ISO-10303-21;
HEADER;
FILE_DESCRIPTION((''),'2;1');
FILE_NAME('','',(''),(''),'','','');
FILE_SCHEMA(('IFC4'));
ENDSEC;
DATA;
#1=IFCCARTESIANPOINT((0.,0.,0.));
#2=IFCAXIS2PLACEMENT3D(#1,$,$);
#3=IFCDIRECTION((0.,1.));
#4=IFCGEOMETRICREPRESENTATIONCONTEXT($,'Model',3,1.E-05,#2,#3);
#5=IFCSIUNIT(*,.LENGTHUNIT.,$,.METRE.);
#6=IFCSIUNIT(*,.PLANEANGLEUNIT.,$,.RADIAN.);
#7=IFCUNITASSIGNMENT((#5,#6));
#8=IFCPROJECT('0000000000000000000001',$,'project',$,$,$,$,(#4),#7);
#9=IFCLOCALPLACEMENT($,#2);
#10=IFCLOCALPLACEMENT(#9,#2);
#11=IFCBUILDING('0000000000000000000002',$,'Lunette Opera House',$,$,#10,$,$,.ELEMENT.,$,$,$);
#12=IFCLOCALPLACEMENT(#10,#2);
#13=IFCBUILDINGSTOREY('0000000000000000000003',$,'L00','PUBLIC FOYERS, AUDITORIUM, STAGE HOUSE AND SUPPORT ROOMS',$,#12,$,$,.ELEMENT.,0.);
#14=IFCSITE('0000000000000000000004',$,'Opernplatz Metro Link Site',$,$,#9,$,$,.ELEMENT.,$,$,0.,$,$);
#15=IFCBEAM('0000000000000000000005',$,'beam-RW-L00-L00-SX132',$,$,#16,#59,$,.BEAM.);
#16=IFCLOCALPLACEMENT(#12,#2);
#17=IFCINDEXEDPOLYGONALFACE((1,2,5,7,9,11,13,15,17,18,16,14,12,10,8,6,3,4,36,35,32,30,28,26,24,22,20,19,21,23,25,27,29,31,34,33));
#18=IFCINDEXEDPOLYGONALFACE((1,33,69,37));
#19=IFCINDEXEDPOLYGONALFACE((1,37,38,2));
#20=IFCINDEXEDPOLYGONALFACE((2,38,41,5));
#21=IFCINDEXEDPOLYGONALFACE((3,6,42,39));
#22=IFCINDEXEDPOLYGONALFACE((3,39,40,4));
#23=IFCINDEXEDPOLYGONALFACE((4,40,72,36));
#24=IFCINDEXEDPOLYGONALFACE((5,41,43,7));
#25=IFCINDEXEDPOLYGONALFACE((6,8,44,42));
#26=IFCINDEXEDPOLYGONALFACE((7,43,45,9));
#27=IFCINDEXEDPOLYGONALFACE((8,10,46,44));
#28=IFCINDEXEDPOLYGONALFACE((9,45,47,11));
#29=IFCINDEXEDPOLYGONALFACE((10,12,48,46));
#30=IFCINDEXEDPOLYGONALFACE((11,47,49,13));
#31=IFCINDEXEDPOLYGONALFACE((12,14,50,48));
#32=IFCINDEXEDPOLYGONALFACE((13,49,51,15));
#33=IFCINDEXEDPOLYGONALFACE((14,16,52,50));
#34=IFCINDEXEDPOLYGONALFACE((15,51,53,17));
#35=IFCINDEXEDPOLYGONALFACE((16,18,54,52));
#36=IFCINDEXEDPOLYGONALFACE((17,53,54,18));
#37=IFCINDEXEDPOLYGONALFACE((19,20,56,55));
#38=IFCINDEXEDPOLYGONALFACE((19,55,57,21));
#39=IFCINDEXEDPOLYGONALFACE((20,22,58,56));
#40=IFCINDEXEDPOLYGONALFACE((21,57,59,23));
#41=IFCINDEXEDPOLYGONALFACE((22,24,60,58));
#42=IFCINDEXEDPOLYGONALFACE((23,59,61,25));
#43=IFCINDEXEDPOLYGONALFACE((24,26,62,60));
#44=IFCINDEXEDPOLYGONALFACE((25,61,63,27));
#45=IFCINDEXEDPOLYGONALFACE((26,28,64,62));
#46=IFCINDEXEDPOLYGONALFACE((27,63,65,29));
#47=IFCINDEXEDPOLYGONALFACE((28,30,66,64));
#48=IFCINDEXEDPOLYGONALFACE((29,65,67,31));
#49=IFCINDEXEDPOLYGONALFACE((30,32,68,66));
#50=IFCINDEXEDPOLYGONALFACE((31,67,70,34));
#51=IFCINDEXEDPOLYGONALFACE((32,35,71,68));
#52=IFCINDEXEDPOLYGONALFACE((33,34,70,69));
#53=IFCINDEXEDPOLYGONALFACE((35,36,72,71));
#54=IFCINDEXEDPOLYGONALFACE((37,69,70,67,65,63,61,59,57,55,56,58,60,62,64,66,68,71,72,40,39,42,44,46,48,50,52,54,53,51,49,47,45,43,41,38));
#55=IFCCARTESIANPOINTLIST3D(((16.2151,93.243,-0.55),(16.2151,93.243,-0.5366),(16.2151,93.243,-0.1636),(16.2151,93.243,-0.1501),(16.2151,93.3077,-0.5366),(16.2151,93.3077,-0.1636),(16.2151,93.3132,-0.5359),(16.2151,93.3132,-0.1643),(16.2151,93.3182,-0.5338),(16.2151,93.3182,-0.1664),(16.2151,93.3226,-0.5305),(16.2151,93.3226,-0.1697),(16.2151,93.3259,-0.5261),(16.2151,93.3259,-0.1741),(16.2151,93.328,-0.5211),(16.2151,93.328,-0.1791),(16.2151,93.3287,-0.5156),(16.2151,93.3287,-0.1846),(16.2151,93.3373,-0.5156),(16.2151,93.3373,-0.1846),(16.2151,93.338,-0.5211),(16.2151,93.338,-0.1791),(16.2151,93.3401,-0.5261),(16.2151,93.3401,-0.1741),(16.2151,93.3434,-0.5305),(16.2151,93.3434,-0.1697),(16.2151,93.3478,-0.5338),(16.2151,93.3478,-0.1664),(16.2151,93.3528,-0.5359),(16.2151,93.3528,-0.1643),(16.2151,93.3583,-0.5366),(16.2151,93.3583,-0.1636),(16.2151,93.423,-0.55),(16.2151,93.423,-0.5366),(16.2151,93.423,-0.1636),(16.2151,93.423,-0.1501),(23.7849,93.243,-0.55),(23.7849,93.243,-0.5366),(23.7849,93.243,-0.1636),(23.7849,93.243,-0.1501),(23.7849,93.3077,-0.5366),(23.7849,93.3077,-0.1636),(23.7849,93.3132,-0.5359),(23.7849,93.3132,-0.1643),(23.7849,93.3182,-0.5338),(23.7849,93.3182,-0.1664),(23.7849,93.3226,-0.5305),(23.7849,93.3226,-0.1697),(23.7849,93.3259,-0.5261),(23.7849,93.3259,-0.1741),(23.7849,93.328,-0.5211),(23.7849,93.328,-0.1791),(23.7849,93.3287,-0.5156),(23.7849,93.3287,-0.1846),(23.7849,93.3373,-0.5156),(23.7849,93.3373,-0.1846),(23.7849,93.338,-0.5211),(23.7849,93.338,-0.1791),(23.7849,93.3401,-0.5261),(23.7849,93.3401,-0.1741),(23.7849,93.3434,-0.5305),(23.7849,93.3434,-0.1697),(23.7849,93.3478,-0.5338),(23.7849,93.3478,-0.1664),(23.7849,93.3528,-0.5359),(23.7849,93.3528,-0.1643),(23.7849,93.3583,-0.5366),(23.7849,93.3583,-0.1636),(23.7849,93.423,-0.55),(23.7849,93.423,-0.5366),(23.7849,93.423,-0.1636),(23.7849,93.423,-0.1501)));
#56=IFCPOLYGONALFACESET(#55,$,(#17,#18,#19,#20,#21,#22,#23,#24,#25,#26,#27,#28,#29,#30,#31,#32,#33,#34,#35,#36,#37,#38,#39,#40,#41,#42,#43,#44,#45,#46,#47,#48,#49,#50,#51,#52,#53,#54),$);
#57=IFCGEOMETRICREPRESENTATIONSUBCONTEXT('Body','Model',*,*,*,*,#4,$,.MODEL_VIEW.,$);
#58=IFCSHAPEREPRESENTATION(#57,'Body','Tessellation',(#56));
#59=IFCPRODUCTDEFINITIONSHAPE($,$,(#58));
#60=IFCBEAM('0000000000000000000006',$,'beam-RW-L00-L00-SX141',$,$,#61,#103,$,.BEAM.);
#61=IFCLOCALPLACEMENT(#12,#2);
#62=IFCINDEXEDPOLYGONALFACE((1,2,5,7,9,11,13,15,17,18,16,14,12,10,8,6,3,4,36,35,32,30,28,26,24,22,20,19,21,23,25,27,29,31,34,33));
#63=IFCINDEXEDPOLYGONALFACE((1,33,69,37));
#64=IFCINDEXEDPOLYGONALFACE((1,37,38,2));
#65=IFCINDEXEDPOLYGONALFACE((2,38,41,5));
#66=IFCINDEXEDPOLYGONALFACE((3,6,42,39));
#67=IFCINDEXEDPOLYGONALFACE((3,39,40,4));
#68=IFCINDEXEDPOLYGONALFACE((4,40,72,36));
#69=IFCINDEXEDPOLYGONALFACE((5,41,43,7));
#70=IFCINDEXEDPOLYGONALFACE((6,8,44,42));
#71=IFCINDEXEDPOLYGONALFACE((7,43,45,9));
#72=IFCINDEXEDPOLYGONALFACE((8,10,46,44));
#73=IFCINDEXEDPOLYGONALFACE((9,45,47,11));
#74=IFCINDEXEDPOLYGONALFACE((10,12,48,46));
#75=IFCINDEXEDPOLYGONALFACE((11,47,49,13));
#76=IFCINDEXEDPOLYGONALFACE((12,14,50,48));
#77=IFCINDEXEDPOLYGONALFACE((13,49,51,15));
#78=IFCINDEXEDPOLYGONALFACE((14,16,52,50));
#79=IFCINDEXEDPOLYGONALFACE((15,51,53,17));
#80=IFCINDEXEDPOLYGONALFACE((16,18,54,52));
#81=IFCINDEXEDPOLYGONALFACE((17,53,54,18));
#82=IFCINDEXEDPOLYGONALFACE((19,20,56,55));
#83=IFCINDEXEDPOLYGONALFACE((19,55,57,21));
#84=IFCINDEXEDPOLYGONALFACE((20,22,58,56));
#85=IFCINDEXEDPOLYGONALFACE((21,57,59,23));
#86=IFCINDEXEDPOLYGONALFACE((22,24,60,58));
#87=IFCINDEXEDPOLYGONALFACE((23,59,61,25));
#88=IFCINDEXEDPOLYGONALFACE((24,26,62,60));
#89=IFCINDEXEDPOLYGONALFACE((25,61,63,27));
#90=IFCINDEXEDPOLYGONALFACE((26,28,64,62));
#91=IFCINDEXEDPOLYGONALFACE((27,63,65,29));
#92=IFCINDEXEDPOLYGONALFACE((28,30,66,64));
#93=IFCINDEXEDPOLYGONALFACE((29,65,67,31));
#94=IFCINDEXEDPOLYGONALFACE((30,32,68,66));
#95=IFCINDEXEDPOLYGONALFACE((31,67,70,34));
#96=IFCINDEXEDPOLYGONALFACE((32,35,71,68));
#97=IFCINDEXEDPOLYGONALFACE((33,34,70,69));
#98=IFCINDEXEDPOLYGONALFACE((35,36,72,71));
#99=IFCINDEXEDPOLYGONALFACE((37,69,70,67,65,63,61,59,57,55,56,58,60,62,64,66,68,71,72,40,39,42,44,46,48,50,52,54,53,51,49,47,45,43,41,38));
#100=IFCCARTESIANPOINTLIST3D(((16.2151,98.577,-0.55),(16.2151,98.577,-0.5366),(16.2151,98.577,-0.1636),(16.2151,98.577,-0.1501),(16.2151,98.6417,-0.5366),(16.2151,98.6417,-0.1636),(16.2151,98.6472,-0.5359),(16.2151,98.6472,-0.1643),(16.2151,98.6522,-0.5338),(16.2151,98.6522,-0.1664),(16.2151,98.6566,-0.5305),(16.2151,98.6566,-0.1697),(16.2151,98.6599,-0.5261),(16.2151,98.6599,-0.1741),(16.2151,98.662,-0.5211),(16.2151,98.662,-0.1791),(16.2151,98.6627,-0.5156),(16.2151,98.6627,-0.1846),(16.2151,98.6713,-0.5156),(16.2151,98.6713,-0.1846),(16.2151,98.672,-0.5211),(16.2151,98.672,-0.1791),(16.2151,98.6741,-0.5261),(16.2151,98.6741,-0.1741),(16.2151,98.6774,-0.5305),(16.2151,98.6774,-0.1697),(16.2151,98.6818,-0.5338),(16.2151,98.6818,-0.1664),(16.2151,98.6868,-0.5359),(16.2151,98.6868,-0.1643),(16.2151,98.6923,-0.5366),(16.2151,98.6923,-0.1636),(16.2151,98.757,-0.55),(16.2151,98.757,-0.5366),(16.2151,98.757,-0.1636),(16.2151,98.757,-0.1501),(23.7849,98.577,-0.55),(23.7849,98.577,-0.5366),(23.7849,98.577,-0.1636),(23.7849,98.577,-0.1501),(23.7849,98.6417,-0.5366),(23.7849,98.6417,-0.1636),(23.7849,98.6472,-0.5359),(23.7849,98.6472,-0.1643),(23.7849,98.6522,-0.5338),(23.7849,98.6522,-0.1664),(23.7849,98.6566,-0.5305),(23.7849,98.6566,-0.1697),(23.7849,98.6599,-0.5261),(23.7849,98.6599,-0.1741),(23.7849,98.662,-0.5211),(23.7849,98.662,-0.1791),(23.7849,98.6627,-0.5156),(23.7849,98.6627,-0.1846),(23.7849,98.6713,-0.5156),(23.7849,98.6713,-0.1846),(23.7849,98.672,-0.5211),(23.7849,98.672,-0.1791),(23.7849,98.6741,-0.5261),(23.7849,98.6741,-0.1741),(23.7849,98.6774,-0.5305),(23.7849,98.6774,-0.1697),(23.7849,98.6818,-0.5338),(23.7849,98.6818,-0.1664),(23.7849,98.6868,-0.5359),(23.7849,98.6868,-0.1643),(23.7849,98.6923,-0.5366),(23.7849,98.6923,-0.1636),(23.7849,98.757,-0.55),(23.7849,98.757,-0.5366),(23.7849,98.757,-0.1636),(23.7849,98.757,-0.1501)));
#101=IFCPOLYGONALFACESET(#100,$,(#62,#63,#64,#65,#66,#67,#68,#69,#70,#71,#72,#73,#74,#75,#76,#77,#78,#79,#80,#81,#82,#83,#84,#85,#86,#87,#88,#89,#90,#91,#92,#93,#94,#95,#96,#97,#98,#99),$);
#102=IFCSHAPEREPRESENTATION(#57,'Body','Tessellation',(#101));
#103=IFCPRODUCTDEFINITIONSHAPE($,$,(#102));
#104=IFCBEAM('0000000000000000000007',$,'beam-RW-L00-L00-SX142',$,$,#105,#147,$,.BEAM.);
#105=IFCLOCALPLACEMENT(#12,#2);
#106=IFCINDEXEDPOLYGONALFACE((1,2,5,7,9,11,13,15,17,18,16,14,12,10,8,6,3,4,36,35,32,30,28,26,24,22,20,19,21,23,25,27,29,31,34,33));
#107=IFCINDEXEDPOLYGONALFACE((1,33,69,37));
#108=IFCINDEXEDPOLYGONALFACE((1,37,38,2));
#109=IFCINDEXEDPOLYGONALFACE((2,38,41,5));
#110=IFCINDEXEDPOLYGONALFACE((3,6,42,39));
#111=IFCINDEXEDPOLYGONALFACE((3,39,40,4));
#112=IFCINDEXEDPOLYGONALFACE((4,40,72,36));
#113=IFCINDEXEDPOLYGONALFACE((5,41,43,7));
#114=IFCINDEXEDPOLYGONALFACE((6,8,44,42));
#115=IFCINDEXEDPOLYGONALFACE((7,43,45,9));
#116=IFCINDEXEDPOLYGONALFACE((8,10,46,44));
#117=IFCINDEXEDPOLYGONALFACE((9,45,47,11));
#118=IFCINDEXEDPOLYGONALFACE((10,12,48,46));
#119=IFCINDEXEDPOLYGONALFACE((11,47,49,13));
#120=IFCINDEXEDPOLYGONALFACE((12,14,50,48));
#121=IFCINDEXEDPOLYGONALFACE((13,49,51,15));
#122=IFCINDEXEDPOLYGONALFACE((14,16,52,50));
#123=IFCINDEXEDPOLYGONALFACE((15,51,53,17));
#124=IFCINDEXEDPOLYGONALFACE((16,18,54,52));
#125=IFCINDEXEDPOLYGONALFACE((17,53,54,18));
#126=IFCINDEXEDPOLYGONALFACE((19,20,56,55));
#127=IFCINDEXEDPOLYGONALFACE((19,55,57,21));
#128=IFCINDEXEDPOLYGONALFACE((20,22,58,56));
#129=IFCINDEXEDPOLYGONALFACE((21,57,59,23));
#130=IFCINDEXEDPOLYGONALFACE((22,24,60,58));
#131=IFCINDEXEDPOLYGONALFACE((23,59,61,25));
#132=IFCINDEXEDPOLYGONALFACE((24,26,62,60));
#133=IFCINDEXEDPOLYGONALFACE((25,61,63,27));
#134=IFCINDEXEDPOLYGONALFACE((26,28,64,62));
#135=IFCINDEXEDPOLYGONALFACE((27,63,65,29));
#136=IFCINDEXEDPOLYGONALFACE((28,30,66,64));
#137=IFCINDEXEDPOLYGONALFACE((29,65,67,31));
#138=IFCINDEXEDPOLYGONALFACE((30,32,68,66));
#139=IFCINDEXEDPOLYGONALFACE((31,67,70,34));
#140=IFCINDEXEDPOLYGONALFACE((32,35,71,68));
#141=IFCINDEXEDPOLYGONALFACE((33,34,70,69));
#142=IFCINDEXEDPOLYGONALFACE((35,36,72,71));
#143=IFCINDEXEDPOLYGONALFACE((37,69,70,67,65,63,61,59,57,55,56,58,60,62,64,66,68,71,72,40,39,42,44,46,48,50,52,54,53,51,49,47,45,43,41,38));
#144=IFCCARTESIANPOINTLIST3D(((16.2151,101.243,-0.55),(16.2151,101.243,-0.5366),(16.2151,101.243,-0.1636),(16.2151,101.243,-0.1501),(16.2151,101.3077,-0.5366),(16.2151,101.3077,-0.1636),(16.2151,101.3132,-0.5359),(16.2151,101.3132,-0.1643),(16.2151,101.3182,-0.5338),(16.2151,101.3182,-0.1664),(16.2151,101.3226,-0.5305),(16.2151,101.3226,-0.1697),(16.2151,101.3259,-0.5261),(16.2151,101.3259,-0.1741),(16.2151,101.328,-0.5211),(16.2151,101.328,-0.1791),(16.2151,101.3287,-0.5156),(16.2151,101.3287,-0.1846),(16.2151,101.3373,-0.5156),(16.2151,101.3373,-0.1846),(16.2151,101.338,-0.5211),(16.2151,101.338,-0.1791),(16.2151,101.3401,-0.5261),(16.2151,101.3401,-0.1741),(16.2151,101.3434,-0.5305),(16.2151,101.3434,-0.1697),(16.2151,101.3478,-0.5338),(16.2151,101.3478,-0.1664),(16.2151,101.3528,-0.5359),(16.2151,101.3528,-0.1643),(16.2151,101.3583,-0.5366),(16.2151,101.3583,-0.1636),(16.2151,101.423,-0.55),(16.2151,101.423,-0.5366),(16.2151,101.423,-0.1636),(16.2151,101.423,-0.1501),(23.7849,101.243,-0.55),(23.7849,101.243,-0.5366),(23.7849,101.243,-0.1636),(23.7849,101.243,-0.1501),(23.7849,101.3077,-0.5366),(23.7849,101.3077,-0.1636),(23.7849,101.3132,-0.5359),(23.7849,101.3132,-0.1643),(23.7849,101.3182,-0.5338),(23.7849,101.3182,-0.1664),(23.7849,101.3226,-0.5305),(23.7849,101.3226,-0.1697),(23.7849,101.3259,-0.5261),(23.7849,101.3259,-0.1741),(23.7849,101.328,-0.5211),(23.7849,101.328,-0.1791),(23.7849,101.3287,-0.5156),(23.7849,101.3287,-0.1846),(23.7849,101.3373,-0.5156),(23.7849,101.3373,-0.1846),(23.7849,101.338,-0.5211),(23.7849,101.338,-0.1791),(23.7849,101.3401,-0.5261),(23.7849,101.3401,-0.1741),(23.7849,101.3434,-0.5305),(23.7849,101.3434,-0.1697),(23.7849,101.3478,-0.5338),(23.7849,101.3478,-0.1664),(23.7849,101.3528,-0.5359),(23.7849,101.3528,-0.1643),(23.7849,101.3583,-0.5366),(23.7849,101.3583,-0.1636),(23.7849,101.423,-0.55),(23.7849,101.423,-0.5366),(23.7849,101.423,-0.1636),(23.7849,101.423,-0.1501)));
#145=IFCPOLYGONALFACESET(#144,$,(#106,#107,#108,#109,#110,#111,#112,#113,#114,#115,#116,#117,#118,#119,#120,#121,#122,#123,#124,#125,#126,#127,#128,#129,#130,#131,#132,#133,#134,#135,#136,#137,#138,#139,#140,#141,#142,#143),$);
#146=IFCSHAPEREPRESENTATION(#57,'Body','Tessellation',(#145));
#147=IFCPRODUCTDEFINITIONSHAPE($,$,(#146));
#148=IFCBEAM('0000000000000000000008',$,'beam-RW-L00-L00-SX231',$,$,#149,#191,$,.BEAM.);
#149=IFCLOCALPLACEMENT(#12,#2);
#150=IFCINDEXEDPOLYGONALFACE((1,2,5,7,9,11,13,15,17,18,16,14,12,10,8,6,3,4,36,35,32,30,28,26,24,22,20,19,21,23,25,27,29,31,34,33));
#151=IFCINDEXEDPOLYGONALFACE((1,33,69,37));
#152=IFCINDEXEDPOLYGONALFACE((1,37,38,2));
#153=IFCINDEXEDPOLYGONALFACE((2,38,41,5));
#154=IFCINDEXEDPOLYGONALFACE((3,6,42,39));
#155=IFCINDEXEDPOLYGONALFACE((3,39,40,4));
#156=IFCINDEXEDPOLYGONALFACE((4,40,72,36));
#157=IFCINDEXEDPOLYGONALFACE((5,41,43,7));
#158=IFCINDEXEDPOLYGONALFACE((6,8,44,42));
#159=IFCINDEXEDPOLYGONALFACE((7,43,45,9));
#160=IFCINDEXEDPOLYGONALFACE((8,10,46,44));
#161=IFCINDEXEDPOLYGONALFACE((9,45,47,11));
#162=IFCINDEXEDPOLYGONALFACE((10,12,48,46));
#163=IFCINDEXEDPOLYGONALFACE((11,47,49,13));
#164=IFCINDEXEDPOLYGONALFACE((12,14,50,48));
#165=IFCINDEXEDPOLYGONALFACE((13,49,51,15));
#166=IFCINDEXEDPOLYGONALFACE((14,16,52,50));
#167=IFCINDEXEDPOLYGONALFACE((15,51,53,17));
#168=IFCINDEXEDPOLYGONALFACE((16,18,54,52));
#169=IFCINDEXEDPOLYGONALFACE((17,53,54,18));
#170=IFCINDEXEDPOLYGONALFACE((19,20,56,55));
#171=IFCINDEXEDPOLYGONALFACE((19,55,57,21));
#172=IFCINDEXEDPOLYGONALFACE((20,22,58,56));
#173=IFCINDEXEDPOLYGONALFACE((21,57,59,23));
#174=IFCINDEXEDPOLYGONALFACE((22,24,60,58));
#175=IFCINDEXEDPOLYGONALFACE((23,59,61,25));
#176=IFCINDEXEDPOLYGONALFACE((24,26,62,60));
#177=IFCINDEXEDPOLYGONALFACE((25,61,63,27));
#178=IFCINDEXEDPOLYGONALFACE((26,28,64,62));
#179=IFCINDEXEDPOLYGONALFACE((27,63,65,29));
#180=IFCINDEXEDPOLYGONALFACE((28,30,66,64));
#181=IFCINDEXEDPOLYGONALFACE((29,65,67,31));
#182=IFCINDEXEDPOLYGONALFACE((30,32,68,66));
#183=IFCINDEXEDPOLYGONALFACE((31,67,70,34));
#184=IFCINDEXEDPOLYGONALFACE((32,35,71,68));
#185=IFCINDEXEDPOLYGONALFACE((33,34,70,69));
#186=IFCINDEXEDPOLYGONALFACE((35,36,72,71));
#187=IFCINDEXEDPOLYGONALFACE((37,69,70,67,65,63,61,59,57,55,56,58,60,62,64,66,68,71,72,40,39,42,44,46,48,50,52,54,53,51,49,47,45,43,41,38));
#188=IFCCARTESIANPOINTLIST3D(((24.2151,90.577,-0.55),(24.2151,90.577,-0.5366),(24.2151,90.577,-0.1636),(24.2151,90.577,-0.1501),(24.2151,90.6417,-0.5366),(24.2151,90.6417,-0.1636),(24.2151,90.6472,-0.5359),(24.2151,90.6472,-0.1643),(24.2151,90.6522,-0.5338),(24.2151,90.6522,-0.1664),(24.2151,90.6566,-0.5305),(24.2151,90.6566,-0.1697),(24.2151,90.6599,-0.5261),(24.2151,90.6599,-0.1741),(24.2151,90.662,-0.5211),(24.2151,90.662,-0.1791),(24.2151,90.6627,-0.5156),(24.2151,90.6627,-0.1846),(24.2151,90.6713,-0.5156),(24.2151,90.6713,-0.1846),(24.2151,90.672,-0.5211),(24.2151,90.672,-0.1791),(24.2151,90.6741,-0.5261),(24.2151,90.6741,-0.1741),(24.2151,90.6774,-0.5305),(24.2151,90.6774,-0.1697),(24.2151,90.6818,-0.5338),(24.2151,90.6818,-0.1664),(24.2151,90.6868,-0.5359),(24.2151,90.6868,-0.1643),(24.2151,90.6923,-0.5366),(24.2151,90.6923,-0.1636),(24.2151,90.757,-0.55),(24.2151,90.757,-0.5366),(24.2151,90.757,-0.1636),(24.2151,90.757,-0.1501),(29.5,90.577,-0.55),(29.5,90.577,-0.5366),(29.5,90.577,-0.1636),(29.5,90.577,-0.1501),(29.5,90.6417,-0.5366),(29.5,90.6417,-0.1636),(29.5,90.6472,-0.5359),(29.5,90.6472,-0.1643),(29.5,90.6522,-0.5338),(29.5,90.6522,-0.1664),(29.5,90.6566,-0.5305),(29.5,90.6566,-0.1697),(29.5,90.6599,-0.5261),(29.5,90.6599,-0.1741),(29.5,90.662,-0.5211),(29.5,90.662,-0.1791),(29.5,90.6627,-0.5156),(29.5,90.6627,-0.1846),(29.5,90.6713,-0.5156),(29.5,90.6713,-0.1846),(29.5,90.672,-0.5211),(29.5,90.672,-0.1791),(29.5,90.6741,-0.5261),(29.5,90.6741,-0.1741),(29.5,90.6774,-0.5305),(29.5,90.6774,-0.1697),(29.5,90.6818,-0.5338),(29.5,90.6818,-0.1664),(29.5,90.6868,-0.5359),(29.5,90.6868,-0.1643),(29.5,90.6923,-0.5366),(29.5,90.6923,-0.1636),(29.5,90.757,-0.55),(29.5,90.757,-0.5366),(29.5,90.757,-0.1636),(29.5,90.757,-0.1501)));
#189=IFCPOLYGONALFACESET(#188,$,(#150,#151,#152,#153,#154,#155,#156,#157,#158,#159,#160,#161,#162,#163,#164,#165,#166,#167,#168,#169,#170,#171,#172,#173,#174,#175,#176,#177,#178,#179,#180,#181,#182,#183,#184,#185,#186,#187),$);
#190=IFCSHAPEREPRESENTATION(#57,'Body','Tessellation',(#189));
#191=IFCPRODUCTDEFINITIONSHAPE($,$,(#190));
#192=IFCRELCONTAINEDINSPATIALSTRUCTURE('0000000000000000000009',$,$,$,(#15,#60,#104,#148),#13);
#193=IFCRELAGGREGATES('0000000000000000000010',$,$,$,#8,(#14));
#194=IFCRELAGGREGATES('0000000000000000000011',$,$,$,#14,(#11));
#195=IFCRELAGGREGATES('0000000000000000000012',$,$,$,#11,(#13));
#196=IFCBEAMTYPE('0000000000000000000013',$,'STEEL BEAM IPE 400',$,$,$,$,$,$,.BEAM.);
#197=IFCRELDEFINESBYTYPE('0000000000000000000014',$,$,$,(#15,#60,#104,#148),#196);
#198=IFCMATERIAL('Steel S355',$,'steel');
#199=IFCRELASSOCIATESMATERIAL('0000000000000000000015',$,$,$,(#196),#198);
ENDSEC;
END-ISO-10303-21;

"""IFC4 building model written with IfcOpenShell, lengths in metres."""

from ifc_helpers import new_model, si_unit, direction, frame, origin, origin_2d, place, context, subcontext, project, spatial, i_section, extrude, material, material_profile, profile_set, type_object, element, save


model = new_model("IFC4")

# Units and contexts
model_context = context("Model", 3, precision=1e-05, world=origin(), true_north=direction((0.0, 1.0)))
body_context = subcontext(model_context, "Body", "Model", "MODEL_VIEW")
ifc_project = project(units=[si_unit("LENGTHUNIT", "METRE"), si_unit("PLANEANGLEUNIT", "RADIAN")], contexts=[model_context])

# Site, building, storey
site_placement = place(None, origin())
site = spatial("IfcSite", under=ifc_project, at=site_placement, Name="Opernplatz Metro Link Site", CompositionType="ELEMENT", RefElevation=0.0)
building_placement = place(site_placement, origin())
building = spatial("IfcBuilding", under=site, at=building_placement, Name="Lunette Opera House", CompositionType="ELEMENT")
storey_placement = place(building_placement, origin())
storey = spatial("IfcBuildingStorey", under=building, at=storey_placement, Name="L00", Description="PUBLIC FOYERS, AUDITORIUM, STAGE HOUSE AND SUPPORT ROOMS", CompositionType="ELEMENT", Elevation=0.0)

# Beams
ifc_material_1 = material(Name="Steel S355", Category="steel")
ifc_material_profile_1 = material_profile(ifc_material_1, i_section(OverallWidth=0.1799, OverallDepth=0.3999, WebThickness=0.0085, FlangeThickness=0.0134, FilletRadius=0.021, at=origin_2d()), Name="IPE 400")
ifc_profile_set_1 = profile_set([ifc_material_profile_1], Name="Steel S355")
beam_type_1 = type_object("IfcBeamType", Name="STEEL BEAM IPE 400", PredefinedType="BEAM", material=ifc_profile_set_1)
for number, where, z_axis, x_axis, name in (
    (1, (16.2151, 93.333, -0.3501), (1.0, 0.0, 0.0), (0.0, 1.0, 0.0), "beam-RW-L00-L00-SX132"),
    (2, (16.2151, 98.667, -0.3501), (1.0, 0.0, 0.0), (0.0, 1.0, 0.0), "beam-RW-L00-L00-SX141"),
    (3, (16.2151, 101.333, -0.3501), (1.0, 0.0, 0.0), (0.0, 1.0, 0.0), "beam-RW-L00-L00-SX142"),
):
    element("IfcBeam", number, at=place(storey_placement, frame(where, z_axis=z_axis, x_axis=x_axis)), inside=storey, type_object=beam_type_1, Name=name, PredefinedType="BEAM", context=body_context, shape_type="SweptSolid", body=[
        extrude(i_section(OverallWidth=0.1799, OverallDepth=0.3999, WebThickness=0.0085, FlangeThickness=0.0134, FilletRadius=0.021, at=origin_2d()), origin(), (0.0, 0.0, 1.0), 7.5698),
    ])
for number, where, z_axis, x_axis, name in (
    (4, (24.2151, 90.667, -0.3501), (1.0, 0.0, 0.0), (0.0, 1.0, 0.0), "beam-RW-L00-L00-SX231"),
):
    element("IfcBeam", number, at=place(storey_placement, frame(where, z_axis=z_axis, x_axis=x_axis)), inside=storey, type_object=beam_type_1, Name=name, PredefinedType="BEAM", context=body_context, shape_type="SweptSolid", body=[
        extrude(i_section(OverallWidth=0.1799, OverallDepth=0.3999, WebThickness=0.0085, FlangeThickness=0.0134, FilletRadius=0.021, at=origin_2d()), origin(), (0.0, 0.0, 1.0), 5.2849),
    ])

save(model, "model.ifc")
